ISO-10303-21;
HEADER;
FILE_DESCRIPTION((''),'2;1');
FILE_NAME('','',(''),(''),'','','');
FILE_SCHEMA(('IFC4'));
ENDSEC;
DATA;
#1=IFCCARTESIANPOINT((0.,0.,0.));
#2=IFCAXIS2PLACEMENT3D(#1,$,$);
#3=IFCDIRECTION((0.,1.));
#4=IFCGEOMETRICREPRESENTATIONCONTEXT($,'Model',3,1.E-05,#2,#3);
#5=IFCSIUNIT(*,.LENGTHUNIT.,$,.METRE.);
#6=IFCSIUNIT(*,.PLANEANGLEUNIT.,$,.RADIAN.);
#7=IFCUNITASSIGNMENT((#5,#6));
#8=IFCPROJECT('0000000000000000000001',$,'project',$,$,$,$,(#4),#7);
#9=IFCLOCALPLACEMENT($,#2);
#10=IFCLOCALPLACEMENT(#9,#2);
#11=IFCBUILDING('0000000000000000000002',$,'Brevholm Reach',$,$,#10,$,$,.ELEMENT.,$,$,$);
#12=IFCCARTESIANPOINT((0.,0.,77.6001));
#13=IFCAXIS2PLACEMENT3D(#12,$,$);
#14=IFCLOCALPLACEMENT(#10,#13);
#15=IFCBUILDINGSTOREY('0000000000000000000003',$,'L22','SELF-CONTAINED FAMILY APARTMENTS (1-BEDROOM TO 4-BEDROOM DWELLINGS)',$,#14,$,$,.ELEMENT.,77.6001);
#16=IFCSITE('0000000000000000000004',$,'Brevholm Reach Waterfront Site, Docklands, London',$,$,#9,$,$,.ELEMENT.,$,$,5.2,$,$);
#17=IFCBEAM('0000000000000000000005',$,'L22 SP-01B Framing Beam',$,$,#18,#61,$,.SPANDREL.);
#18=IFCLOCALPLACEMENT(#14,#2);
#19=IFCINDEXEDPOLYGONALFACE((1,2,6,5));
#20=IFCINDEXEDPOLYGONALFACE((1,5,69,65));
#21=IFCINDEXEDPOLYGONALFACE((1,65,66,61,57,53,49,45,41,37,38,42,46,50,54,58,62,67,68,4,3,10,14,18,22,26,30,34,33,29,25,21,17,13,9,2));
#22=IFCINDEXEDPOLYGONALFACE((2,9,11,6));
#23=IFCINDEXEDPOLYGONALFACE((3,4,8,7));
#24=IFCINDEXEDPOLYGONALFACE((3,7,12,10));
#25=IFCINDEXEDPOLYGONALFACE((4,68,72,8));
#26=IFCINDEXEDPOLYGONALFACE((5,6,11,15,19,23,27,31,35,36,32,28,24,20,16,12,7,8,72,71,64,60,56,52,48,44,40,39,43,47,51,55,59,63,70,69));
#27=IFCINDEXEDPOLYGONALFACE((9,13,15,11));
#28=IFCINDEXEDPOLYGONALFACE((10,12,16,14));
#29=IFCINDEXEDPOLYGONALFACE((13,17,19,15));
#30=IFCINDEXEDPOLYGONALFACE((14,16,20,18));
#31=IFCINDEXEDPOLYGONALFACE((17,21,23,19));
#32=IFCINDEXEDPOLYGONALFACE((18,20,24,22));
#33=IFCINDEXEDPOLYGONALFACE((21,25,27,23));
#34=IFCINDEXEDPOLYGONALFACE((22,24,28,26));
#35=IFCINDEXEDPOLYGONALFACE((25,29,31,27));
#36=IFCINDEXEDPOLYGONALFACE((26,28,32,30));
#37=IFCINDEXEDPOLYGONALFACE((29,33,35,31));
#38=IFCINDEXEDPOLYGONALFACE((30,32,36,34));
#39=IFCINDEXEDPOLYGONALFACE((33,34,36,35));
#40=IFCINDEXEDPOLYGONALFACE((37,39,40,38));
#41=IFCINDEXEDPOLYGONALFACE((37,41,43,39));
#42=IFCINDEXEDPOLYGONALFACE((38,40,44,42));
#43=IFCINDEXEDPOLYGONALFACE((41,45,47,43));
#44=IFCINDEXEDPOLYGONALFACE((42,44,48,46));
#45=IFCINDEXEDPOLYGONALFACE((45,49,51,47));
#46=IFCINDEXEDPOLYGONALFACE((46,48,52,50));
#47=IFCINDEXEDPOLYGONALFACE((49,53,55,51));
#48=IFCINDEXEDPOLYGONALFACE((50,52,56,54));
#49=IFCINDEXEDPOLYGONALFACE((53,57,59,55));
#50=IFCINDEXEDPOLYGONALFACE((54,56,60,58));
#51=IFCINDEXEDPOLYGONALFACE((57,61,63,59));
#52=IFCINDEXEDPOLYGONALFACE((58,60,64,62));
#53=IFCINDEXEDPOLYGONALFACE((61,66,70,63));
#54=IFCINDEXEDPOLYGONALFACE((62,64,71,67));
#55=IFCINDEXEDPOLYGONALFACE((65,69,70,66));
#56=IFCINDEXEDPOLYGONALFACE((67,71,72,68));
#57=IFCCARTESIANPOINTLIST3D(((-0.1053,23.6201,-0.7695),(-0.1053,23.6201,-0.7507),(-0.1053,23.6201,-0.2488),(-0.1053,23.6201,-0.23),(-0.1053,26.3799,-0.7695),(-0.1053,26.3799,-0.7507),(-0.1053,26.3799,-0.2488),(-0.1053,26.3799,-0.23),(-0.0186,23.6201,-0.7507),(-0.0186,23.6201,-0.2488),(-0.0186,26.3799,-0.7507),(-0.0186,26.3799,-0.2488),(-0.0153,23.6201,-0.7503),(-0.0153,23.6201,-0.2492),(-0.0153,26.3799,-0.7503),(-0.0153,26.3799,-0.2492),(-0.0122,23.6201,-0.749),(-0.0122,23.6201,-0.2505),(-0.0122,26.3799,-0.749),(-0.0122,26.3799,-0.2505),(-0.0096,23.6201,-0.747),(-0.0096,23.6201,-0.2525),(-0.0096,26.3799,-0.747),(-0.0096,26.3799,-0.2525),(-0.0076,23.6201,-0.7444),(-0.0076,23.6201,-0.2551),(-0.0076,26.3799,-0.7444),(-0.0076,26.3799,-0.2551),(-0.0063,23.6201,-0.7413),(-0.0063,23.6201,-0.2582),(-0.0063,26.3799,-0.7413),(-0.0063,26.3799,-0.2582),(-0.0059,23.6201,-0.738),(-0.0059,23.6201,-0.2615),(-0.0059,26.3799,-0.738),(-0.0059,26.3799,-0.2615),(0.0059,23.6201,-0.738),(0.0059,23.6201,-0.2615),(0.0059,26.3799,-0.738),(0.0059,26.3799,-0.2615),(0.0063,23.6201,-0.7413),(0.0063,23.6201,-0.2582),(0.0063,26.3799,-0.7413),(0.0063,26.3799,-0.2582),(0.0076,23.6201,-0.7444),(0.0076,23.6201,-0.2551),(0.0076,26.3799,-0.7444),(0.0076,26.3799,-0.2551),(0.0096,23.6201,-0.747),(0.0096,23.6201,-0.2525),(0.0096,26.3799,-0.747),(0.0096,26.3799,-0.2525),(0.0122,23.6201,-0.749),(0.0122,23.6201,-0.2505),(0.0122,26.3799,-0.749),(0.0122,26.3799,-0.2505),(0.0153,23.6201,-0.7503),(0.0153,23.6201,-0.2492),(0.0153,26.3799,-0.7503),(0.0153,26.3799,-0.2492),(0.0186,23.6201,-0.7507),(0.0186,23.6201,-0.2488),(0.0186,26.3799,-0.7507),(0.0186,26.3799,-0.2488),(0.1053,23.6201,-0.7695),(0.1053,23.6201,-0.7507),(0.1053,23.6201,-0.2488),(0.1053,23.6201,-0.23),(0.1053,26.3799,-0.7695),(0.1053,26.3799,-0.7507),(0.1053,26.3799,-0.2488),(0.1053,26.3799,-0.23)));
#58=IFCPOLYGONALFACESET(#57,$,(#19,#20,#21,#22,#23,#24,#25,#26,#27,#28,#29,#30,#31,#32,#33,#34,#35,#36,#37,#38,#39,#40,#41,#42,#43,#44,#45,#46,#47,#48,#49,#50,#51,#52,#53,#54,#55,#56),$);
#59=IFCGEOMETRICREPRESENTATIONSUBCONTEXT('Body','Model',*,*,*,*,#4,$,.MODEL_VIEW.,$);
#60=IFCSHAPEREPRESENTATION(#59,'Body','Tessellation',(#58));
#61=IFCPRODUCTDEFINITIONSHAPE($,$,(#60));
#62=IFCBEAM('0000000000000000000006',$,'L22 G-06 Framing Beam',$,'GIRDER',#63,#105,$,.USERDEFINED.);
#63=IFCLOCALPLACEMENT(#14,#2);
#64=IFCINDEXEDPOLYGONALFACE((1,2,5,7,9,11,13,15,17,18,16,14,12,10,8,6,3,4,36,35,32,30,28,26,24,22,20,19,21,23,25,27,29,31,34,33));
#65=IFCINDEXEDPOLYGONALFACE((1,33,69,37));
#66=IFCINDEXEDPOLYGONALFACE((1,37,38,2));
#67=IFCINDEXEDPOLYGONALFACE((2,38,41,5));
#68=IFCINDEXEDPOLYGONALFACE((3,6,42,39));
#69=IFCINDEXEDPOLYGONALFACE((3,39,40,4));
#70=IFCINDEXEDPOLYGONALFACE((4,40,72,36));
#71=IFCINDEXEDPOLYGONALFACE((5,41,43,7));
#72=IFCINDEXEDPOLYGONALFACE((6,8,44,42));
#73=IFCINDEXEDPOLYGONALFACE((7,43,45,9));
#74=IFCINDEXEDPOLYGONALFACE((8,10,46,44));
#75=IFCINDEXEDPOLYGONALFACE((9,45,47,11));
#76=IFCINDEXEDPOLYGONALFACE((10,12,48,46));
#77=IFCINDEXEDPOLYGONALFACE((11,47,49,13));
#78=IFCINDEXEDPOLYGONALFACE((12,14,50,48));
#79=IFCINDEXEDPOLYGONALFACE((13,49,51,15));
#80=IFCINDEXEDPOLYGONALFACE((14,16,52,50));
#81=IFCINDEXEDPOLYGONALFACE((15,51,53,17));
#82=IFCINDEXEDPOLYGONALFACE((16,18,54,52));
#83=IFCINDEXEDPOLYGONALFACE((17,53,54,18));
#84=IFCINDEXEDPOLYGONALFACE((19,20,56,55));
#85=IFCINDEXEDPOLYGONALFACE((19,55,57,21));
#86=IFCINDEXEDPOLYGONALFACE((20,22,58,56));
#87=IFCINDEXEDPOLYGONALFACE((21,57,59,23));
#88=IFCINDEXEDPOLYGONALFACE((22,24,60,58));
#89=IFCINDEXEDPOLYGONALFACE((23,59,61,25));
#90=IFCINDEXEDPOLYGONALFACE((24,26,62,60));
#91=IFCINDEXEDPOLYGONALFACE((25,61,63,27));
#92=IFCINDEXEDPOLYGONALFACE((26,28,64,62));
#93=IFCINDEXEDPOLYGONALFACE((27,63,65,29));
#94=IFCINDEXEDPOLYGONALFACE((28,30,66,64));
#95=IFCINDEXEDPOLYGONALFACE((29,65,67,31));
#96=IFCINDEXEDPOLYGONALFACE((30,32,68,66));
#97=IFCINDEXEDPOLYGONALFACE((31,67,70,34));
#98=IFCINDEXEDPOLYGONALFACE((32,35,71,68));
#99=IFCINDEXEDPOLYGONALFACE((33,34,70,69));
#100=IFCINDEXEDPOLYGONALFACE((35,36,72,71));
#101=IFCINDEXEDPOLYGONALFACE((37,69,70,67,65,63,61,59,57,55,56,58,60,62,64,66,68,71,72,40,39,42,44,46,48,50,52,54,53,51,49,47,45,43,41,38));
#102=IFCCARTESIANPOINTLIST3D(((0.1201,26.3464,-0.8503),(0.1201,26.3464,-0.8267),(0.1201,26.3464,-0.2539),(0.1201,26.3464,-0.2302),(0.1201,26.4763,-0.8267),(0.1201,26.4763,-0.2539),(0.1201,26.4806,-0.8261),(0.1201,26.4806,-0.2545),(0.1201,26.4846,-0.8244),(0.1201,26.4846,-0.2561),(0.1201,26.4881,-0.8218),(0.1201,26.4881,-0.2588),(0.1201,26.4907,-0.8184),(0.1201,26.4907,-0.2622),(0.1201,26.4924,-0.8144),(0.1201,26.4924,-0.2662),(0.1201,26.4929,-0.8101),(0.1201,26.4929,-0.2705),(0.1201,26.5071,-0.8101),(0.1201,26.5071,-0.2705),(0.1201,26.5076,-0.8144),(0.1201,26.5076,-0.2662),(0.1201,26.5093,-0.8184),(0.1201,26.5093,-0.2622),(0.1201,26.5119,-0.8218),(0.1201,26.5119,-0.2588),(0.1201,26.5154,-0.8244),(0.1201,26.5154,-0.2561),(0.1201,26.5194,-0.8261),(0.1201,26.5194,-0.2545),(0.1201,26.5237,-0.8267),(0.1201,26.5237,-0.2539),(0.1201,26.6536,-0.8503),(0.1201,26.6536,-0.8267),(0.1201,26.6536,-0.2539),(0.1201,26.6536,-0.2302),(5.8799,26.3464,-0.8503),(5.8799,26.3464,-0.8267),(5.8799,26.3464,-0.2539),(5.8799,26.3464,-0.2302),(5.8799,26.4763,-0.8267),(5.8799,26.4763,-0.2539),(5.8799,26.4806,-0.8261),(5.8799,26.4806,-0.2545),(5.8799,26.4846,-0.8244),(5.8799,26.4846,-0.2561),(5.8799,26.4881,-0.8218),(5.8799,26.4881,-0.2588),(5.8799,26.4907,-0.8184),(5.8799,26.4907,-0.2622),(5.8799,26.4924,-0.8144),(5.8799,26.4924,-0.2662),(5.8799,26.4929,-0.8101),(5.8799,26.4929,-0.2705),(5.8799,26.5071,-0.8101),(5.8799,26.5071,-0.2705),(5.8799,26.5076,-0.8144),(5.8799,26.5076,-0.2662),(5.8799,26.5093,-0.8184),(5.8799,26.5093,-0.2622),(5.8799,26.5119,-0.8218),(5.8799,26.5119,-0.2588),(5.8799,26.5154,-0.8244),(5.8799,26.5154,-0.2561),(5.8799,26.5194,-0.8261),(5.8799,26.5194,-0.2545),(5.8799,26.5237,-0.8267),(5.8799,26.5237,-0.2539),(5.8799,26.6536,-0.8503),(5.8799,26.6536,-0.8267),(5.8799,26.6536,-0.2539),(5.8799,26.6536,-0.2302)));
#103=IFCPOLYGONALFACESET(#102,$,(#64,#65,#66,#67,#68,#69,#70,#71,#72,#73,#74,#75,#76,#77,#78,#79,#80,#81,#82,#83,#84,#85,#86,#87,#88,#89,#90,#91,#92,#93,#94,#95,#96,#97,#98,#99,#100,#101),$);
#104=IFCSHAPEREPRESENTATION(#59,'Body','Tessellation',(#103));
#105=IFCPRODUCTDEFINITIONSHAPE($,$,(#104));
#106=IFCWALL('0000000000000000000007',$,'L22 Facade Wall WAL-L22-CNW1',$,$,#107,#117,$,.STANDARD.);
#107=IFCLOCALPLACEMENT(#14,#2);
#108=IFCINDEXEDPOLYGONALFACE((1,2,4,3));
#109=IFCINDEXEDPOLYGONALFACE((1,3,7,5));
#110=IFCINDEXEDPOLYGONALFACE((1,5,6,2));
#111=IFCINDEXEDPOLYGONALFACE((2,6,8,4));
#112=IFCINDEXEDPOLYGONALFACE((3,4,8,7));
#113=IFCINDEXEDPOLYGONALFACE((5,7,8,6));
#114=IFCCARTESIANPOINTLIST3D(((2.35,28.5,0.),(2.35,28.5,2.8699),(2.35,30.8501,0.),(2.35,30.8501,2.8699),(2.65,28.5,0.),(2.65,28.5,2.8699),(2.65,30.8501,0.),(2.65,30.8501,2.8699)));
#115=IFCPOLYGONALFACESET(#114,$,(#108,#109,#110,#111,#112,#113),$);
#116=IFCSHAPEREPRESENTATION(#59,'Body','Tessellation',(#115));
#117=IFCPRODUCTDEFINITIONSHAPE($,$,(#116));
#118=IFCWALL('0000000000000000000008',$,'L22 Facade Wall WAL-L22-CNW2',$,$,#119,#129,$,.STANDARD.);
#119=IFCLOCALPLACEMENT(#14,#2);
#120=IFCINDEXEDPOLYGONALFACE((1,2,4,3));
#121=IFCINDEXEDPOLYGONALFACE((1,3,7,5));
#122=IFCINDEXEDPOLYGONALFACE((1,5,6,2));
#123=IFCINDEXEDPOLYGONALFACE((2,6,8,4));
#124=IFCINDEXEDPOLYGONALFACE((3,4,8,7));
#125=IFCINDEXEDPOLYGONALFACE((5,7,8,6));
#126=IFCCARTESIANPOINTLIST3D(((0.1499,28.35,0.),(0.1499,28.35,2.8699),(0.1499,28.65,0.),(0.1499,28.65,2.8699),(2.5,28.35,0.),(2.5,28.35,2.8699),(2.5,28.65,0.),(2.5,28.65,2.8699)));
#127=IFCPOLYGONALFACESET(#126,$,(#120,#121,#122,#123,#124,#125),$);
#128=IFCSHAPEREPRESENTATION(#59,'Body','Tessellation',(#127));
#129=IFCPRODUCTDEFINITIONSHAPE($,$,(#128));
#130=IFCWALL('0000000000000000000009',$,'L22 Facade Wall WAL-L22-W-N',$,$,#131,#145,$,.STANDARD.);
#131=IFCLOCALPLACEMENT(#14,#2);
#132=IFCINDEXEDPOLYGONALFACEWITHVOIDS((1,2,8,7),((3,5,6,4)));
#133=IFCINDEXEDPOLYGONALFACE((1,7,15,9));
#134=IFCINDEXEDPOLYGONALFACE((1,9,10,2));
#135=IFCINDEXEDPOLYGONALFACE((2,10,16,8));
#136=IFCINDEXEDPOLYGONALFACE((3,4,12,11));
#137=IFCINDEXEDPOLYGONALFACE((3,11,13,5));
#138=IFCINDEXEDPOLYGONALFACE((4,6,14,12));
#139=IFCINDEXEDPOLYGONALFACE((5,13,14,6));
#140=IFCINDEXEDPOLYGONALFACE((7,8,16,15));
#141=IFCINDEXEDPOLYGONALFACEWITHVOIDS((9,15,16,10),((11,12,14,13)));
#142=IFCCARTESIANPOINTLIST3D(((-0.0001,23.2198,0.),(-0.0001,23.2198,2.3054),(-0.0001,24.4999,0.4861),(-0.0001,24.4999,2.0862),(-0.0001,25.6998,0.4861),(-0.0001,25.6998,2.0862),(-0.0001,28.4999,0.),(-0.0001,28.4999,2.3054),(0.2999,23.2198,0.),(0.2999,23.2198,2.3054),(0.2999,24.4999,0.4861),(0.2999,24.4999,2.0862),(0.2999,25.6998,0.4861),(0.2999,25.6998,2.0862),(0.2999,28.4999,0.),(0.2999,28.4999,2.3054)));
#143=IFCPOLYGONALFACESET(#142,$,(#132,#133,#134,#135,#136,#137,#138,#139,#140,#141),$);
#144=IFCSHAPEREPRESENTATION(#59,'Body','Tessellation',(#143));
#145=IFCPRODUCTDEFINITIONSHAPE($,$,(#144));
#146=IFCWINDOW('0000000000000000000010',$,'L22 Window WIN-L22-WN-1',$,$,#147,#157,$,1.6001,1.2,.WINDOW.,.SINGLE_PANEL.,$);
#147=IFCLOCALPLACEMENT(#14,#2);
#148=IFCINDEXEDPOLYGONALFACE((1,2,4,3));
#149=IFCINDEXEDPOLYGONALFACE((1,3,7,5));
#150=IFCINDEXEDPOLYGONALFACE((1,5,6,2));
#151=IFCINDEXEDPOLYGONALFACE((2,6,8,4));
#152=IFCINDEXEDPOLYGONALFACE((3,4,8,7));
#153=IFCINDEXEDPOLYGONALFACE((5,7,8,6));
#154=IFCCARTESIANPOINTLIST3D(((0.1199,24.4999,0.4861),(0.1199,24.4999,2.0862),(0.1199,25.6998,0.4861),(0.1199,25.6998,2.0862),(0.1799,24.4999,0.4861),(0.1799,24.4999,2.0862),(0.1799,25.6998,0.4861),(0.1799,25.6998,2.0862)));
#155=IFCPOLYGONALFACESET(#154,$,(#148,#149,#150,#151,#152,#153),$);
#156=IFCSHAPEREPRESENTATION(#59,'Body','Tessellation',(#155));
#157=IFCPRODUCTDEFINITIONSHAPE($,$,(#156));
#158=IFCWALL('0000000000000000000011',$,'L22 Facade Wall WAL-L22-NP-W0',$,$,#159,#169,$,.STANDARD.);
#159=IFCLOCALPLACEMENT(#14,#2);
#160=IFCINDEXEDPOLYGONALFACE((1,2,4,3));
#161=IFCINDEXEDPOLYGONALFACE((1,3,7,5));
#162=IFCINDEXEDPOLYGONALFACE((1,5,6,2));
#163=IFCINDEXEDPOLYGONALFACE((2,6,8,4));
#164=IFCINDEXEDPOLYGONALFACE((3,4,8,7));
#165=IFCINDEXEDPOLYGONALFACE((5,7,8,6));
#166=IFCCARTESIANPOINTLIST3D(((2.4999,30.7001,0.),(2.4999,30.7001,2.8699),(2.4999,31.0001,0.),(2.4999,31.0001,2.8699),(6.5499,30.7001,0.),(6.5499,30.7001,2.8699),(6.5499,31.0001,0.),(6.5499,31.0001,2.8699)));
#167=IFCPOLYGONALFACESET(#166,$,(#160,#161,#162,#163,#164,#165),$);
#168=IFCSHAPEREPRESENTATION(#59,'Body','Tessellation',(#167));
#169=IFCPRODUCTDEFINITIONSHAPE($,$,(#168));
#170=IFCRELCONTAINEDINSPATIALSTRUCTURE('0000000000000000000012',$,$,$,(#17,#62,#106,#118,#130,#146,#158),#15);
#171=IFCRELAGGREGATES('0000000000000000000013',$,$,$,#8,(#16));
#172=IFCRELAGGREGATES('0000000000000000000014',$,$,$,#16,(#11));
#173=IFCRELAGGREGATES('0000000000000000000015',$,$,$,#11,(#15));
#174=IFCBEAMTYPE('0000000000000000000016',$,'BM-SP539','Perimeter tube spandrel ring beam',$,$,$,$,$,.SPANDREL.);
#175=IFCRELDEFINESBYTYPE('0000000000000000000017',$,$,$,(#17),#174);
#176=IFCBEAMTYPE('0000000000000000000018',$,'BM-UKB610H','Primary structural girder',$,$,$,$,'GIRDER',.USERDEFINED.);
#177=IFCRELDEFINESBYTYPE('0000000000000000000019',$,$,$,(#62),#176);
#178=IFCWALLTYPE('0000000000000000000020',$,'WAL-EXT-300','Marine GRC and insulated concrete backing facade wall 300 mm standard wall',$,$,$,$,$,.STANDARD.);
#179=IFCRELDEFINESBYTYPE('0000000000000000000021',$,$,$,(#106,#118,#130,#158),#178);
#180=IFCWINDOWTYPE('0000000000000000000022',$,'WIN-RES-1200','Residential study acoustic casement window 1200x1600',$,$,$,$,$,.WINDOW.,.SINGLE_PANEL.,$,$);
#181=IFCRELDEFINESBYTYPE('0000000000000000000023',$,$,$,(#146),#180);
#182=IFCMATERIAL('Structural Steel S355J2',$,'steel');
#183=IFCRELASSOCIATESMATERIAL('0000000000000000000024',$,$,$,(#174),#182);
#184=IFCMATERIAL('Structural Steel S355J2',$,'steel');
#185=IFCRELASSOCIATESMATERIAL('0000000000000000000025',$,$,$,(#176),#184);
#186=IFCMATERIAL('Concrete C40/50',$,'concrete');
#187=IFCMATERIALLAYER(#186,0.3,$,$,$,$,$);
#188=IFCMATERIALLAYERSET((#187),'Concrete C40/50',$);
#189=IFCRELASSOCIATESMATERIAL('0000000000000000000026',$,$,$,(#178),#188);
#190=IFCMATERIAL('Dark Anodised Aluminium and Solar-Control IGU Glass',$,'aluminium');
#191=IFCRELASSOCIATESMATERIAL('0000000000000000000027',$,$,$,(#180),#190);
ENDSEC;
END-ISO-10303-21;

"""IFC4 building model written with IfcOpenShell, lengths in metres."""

from ifc_helpers import new_model, si_unit, direction, frame, frame_2d, origin, origin_2d, place, context, subcontext, project, spatial, rectangle, i_section, extrude, material, layer, layer_set, material_profile, profile_set, type_object, element, fill, save


model = new_model("IFC4")

# Units and contexts
model_context = context("Model", 3, precision=1e-05, world=origin(), true_north=direction((0.0, 1.0)))
body_context = subcontext(model_context, "Body", "Model", "MODEL_VIEW")
ifc_project = project(units=[si_unit("LENGTHUNIT", "METRE"), si_unit("PLANEANGLEUNIT", "RADIAN")], contexts=[model_context])

# Site, building, storey
site_placement = place(None, origin())
site = spatial("IfcSite", under=ifc_project, at=site_placement, Name="Brevholm Reach Waterfront Site, Docklands, London", CompositionType="ELEMENT", RefElevation=5.2)
building_placement = place(site_placement, origin())
building = spatial("IfcBuilding", under=site, at=building_placement, Name="Brevholm Reach", CompositionType="ELEMENT")
storey_placement = place(building_placement, frame((0.0, 0.0, 77.6001)))
storey = spatial("IfcBuildingStorey", under=building, at=storey_placement, Name="L22", Description="SELF-CONTAINED FAMILY APARTMENTS (1-BEDROOM TO 4-BEDROOM DWELLINGS)", CompositionType="ELEMENT", Elevation=77.6001)

# Beams
ifc_material_1 = material(Name="Structural Steel S355J2", Category="steel")
ifc_material_profile_1 = material_profile(ifc_material_1, i_section(OverallWidth=0.2107, OverallDepth=0.5396, WebThickness=0.0117, FlangeThickness=0.0188, FilletRadius=0.0127, at=origin_2d()), Name="UKB 533x210x109")
ifc_profile_set_1 = profile_set([ifc_material_profile_1], Name="Structural Steel S355J2")
beam_type_1 = type_object("IfcBeamType", Name="BM-SP539", Description="Perimeter tube spandrel ring beam", PredefinedType="SPANDREL", material=ifc_profile_set_1)
beam_1_placement = place(storey_placement, frame((0.0, 23.6201, -0.4998), z_axis=(0.0, 1.0, 0.0), x_axis=(-1.0, 0.0, 0.0)))
element("IfcBeam", 1, at=beam_1_placement, inside=storey, type_object=beam_type_1, Name="L22 SP-01B Framing Beam", PredefinedType="SPANDREL", context=body_context, shape_type="SweptSolid", body=[
    extrude(i_section(OverallWidth=0.2107, OverallDepth=0.5396, WebThickness=0.0117, FlangeThickness=0.0188, FilletRadius=0.0127, at=origin_2d()), origin(), (0.0, 0.0, 1.0), 2.7598),
])
ifc_material_2 = material(Name="Structural Steel S355J2", Category="steel")
ifc_material_profile_2 = material_profile(ifc_material_2, i_section(OverallWidth=0.3071, OverallDepth=0.6201, WebThickness=0.0142, FlangeThickness=0.0237, FilletRadius=0.0166, at=origin_2d()), Name="UKB 610x305x179")
ifc_profile_set_2 = profile_set([ifc_material_profile_2], Name="Structural Steel S355J2")
beam_type_2 = type_object("IfcBeamType", Name="BM-UKB610H", Description="Primary structural girder", ElementType="GIRDER", PredefinedType="USERDEFINED", material=ifc_profile_set_2)
beam_2_placement = place(storey_placement, frame((0.1201, 26.5, -0.5403), z_axis=(1.0, 0.0, 0.0), x_axis=(0.0, 1.0, 0.0)))
element("IfcBeam", 2, at=beam_2_placement, inside=storey, type_object=beam_type_2, Name="L22 G-06 Framing Beam", ObjectType="GIRDER", PredefinedType="USERDEFINED", context=body_context, shape_type="SweptSolid", body=[
    extrude(i_section(OverallWidth=0.3071, OverallDepth=0.6201, WebThickness=0.0142, FlangeThickness=0.0237, FilletRadius=0.0166, at=origin_2d()), origin(), (0.0, 0.0, 1.0), 5.7598),
])

# Walls
ifc_material_3 = material(Name="Concrete C40/50", Category="concrete")
ifc_layer_1 = layer(ifc_material_3, 0.3)
ifc_layer_set_1 = layer_set([ifc_layer_1], Name="Concrete C40/50")
wall_type_1 = type_object("IfcWallType", Name="WAL-EXT-300", Description="Marine GRC and insulated concrete backing facade wall 300 mm standard wall", PredefinedType="STANDARD", material=ifc_layer_set_1)
for number, where, z_axis, x_axis, name in (
    (3, (2.5, 30.8501, 0.0), (0.0, 0.0, 1.0), (0.0, -1.0, 0.0), "L22 Facade Wall WAL-L22-CNW1"),
    (4, (2.5, 28.5, 0.0), (0.0, 0.0, 1.0), (-1.0, 0.0, 0.0), "L22 Facade Wall WAL-L22-CNW2"),
):
    element("IfcWall", number, at=place(storey_placement, frame(where, z_axis=z_axis, x_axis=x_axis)), inside=storey, type_object=wall_type_1, Name=name, PredefinedType="STANDARD", context=body_context, shape_type="SweptSolid", body=[
        extrude(rectangle(XDim=2.3501, YDim=0.3, at=frame_2d((1.175, 0.0))), origin(), (0.0, 0.0, 1.0), 2.8699),
    ])

# Wall, opening, window
wall_1_placement = place(storey_placement, frame((0.1499, 28.5, 0.0), z_axis=(0.0, 0.0, 1.0), x_axis=(0.0, -1.0, 0.0)))
wall_1 = element("IfcWall", 5, at=wall_1_placement, inside=storey, type_object=wall_type_1, Name="L22 Facade Wall WAL-L22-W-N", PredefinedType="STANDARD", context=body_context, shape_type="SweptSolid", body=[
    extrude(rectangle(XDim=5.28, YDim=0.3, at=frame_2d((2.6401, 0.0))), origin(), (0.0, 0.0, 1.0), 2.3054),
])
opening_1_placement = place(wall_1_placement, frame((2.8, 0.0, 0.4861)))
opening_1 = element("IfcOpeningElement", 6, at=opening_1_placement, cuts=wall_1, PredefinedType="OPENING", context=body_context, shape_type="SweptSolid", body=[
    extrude(rectangle(XDim=1.2, YDim=1.6001, at=frame_2d((0.6001, 0.8))), frame((0.0, 0.1599, 0.0), z_axis=(0.0, -1.0, 0.0), x_axis=(1.0, 0.0, 0.0)), (0.0, 0.0, 1.0), 0.3201),
])
ifc_material_4 = material(Name="Dark Anodised Aluminium and Solar-Control IGU Glass", Category="aluminium")
window_type = type_object("IfcWindowType", Name="WIN-RES-1200", Description="Residential study acoustic casement window 1200x1600", PartitioningType="SINGLE_PANEL", PredefinedType="WINDOW", material=ifc_material_4)
window_placement = place(opening_1_placement, origin())
window = element("IfcWindow", 7, at=window_placement, inside=storey, type_object=window_type, Name="L22 Window WIN-L22-WN-1", OverallHeight=1.6001, OverallWidth=1.2, PartitioningType="SINGLE_PANEL", PredefinedType="WINDOW", context=body_context, shape_type="SweptSolid", body=[
    extrude(rectangle(XDim=1.2, YDim=1.6001, at=frame_2d((0.6001, 0.8))), frame((0.0, 0.03, 0.0), z_axis=(0.0, -1.0, 0.0), x_axis=(1.0, 0.0, 0.0)), (0.0, 0.0, 1.0), 0.0601),
])
fill(opening_1, window)

# Wall
wall_2_placement = place(storey_placement, frame((2.5, 30.8501, 0.0), z_axis=(0.0, 0.0, 1.0), x_axis=(1.0, 0.0, 0.0)))
element("IfcWall", 8, at=wall_2_placement, inside=storey, type_object=wall_type_1, Name="L22 Facade Wall WAL-L22-NP-W0", PredefinedType="STANDARD", context=body_context, shape_type="SweptSolid", body=[
    extrude(rectangle(XDim=4.05, YDim=0.3, at=frame_2d((2.0249, 0.0))), origin(), (0.0, 0.0, 1.0), 2.8699),
])

save(model, "model.ifc")
